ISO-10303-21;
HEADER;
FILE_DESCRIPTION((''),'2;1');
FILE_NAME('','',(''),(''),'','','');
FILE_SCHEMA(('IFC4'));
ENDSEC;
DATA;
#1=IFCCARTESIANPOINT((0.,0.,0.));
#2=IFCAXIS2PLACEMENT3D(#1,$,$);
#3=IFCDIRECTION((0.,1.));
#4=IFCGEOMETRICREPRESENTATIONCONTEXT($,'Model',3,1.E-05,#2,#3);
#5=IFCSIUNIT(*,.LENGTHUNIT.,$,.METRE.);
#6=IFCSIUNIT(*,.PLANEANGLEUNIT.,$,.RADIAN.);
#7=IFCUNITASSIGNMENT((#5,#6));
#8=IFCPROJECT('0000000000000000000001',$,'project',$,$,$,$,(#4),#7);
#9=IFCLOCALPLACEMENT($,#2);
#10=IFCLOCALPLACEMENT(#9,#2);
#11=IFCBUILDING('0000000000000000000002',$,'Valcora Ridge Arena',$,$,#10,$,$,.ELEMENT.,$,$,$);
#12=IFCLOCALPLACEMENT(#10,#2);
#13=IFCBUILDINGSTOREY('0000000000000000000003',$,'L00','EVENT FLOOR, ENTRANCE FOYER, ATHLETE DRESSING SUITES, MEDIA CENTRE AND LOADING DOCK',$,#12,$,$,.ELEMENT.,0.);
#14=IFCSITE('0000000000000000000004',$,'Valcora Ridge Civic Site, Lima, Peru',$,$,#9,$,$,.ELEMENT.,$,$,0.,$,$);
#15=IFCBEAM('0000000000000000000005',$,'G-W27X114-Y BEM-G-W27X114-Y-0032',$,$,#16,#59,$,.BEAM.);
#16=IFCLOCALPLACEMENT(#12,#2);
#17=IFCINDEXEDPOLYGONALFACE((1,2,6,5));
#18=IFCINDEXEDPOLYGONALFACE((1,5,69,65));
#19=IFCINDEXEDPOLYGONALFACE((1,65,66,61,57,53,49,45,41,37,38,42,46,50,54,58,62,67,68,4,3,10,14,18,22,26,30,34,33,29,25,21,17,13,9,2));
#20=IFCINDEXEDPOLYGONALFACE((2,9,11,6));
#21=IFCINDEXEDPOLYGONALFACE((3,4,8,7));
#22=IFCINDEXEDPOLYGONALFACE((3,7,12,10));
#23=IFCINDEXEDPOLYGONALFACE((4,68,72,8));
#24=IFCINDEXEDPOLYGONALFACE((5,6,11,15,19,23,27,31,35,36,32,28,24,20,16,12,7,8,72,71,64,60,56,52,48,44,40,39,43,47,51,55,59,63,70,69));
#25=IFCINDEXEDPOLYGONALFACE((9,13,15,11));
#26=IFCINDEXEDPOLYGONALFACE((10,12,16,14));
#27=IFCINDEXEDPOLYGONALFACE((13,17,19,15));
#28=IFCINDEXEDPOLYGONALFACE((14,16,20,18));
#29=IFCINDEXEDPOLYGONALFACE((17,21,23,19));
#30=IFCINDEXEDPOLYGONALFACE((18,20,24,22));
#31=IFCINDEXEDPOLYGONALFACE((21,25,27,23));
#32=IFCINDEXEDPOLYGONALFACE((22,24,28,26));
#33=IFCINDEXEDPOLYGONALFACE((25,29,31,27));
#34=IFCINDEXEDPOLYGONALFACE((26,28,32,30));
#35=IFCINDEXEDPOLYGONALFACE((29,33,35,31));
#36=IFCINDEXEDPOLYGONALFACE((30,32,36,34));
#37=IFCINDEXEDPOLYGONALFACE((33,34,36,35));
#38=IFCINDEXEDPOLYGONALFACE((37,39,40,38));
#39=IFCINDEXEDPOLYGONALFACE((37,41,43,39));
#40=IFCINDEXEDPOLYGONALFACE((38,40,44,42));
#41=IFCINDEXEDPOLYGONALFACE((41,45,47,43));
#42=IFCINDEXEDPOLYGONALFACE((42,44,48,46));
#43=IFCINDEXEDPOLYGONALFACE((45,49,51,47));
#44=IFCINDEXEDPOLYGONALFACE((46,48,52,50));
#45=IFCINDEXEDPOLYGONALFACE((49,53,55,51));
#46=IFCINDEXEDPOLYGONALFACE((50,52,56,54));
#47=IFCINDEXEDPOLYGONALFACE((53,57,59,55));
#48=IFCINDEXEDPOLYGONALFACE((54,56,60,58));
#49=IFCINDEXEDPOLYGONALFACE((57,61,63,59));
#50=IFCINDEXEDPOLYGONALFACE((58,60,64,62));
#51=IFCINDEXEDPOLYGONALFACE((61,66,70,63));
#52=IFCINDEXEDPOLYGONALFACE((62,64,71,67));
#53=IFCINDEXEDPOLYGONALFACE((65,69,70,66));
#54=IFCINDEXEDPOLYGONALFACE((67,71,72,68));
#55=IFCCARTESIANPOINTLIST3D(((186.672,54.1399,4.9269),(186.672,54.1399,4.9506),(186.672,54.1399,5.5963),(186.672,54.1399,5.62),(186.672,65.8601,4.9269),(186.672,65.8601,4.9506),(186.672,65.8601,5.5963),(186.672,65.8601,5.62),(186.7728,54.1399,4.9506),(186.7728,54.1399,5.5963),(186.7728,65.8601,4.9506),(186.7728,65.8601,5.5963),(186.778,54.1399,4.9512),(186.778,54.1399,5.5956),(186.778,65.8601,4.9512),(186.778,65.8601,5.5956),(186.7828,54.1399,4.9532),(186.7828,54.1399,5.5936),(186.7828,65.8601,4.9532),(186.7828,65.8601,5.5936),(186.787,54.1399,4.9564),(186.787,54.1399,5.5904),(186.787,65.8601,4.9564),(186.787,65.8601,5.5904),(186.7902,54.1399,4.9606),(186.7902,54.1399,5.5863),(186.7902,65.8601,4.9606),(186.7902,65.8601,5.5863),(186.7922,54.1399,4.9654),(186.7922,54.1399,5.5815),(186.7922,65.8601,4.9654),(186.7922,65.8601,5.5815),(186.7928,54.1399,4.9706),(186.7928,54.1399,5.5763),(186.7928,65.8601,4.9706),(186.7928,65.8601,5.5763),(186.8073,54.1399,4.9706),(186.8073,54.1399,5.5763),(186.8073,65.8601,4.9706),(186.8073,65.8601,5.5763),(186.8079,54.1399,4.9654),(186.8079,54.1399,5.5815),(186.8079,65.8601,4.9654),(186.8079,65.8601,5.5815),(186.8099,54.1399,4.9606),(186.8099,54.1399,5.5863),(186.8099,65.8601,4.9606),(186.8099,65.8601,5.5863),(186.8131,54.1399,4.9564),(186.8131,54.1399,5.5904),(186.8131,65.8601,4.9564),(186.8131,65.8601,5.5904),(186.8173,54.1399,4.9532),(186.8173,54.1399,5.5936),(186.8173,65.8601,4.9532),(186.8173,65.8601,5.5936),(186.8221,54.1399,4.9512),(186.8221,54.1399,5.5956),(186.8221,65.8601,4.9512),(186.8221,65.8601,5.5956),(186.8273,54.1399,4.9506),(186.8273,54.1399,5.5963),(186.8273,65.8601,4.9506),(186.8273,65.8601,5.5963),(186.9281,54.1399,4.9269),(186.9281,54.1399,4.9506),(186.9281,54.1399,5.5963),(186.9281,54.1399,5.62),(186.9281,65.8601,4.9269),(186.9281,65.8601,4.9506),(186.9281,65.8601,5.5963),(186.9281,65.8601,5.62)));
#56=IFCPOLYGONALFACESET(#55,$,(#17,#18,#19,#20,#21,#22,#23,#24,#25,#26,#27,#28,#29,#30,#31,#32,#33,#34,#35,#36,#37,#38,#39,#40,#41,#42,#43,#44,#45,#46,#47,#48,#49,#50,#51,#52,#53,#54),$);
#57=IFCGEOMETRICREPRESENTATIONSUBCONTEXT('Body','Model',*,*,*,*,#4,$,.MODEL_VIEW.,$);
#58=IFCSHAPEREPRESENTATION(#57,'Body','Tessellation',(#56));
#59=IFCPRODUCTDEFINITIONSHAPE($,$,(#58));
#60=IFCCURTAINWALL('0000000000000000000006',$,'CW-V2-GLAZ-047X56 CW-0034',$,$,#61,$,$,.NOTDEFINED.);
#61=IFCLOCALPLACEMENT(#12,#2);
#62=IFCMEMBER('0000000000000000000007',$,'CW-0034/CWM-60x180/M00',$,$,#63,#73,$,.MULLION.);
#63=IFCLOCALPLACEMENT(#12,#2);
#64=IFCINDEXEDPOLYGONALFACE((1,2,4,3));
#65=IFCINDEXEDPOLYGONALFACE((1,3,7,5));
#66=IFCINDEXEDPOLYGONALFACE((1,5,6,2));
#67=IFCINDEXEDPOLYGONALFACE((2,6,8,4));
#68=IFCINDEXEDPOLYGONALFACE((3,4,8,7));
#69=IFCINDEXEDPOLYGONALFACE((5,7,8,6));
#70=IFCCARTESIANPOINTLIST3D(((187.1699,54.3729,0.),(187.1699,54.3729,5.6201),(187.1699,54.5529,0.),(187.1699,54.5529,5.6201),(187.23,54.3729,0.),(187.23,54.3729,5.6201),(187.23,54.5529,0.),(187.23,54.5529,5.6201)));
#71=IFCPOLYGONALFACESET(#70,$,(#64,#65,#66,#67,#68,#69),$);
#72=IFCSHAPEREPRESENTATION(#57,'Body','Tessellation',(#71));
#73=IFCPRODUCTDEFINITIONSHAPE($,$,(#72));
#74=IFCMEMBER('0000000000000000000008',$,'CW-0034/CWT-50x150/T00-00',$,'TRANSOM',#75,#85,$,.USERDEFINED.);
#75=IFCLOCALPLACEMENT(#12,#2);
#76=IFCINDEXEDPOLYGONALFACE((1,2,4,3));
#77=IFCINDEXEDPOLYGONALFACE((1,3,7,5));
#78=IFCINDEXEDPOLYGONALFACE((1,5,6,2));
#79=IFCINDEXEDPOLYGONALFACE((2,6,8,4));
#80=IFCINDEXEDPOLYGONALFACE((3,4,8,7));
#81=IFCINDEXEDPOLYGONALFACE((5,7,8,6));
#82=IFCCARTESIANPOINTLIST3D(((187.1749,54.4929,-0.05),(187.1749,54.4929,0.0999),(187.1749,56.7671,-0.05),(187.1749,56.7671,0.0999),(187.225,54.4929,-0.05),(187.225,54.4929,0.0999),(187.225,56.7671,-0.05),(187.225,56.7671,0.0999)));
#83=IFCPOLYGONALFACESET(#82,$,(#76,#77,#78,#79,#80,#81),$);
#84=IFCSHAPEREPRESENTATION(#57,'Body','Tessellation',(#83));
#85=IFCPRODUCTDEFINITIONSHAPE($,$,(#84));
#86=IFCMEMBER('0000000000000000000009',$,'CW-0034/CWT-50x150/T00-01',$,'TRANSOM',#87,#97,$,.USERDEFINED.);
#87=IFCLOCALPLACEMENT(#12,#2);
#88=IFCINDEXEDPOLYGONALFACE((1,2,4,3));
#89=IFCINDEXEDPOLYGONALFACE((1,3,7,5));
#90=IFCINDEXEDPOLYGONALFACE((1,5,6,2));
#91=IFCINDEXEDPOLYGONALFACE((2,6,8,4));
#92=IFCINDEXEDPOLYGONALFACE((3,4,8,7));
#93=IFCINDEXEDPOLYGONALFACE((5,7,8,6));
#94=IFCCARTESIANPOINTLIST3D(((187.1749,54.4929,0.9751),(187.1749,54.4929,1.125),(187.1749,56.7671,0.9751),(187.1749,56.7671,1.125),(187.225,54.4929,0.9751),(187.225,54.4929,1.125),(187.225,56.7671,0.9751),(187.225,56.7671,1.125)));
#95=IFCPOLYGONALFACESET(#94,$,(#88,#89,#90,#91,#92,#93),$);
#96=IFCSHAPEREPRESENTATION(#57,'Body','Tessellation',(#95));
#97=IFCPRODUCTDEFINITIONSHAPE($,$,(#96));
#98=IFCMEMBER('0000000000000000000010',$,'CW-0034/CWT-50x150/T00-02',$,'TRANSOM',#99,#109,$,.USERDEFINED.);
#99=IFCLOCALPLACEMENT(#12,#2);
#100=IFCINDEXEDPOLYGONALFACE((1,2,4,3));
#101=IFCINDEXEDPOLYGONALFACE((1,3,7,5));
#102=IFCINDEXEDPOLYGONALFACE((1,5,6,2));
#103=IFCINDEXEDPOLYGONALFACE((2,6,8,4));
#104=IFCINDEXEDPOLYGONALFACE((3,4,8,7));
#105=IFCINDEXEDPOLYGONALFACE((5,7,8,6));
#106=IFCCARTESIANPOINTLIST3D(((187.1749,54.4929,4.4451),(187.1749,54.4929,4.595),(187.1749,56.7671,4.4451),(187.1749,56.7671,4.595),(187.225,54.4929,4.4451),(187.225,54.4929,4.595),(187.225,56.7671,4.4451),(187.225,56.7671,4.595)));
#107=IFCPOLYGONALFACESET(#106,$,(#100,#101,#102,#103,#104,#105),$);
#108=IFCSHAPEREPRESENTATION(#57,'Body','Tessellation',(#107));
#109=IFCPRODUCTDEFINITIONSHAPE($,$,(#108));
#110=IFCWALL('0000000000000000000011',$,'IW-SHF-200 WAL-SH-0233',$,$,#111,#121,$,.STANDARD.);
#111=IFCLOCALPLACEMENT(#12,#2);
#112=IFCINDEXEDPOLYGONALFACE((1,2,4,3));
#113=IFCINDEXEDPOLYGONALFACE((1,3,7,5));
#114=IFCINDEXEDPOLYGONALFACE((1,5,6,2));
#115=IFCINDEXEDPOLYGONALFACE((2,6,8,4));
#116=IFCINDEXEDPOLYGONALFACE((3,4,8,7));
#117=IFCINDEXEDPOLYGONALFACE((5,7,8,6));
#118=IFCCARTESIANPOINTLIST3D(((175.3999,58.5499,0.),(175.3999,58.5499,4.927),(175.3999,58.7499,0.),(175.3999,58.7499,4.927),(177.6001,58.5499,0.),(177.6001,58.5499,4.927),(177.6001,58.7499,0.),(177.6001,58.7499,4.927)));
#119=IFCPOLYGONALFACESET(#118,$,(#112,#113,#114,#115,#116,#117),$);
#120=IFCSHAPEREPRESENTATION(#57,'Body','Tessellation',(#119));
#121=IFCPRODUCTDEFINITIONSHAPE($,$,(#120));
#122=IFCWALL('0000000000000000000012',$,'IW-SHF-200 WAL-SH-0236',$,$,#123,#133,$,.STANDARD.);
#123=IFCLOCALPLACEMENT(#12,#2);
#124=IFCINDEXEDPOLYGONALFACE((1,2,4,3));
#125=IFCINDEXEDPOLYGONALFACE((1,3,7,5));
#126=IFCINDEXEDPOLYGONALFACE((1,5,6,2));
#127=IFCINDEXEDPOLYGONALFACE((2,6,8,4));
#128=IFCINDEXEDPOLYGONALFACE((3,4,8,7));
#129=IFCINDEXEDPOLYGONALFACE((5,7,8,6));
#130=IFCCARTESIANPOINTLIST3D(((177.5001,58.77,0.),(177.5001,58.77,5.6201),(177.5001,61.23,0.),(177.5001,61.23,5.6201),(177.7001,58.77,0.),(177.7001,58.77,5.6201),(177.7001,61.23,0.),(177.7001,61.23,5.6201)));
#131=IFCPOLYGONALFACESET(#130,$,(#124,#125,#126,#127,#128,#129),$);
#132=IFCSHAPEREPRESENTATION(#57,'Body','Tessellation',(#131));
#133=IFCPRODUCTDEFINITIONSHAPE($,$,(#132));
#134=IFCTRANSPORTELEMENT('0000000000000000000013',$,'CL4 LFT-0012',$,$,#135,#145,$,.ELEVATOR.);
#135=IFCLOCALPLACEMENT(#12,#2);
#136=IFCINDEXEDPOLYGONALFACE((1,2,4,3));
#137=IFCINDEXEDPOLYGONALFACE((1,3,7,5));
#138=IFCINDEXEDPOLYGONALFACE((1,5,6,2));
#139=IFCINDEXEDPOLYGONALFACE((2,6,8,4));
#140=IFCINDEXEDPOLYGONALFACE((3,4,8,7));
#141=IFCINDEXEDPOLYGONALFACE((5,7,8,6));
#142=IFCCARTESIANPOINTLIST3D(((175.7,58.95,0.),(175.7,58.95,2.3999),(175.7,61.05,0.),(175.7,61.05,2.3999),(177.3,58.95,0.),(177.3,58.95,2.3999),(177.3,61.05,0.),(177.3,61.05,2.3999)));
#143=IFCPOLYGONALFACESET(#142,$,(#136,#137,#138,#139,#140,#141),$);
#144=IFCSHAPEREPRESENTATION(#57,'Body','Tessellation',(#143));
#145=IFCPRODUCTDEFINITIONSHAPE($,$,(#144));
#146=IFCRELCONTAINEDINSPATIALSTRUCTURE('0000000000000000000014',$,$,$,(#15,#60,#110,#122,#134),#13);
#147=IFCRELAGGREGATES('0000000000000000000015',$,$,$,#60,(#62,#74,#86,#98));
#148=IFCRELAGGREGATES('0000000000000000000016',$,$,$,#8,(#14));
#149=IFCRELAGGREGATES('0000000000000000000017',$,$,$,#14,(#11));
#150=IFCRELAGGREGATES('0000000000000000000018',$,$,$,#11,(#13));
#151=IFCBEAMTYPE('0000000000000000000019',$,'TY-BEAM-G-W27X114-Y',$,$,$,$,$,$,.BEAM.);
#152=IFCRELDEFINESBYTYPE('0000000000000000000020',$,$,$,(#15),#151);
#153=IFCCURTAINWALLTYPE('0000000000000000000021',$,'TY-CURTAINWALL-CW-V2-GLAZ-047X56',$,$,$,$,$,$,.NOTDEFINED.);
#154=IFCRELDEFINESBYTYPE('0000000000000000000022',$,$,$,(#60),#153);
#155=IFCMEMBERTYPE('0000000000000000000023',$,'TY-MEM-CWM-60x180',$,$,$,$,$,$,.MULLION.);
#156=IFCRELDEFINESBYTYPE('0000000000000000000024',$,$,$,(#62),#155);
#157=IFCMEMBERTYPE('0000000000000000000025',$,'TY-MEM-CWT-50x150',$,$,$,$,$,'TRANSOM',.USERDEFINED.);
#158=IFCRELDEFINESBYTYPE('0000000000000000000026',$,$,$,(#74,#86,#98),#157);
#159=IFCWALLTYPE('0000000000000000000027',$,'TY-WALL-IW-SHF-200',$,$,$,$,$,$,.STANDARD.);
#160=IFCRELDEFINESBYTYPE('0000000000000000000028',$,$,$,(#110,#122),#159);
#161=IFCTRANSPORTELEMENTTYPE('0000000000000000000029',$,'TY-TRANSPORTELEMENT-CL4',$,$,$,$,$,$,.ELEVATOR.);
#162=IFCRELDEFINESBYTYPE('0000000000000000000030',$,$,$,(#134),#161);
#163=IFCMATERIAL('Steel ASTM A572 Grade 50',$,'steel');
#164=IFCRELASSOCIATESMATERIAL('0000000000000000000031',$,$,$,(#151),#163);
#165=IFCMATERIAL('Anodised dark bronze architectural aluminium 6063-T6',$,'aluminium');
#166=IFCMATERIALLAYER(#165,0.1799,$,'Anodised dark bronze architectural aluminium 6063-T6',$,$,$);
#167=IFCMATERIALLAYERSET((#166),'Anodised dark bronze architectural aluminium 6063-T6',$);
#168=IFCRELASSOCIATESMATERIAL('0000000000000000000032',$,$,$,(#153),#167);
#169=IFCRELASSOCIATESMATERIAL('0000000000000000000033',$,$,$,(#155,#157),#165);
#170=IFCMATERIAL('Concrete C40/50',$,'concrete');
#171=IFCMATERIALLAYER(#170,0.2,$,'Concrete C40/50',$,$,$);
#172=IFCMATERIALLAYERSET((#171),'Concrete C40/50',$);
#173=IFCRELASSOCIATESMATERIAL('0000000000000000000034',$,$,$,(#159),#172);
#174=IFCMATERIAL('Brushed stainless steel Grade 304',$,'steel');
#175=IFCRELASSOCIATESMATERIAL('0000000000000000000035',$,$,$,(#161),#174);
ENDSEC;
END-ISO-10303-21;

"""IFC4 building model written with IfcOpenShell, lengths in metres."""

from ifc_helpers import new_model, si_unit, direction, frame, frame_2d, origin, origin_2d, place, context, subcontext, project, spatial, rectangle, i_section, extrude, material, layer, layer_set, material_profile, profile_set, type_object, element, aggregate, save


model = new_model("IFC4")

# Units and contexts
model_context = context("Model", 3, precision=1e-05, world=origin(), true_north=direction((0.0, 1.0)))
body_context = subcontext(model_context, "Body", "Model", "MODEL_VIEW")
ifc_project = project(units=[si_unit("LENGTHUNIT", "METRE"), si_unit("PLANEANGLEUNIT", "RADIAN")], contexts=[model_context])

# Site, building, storey
site_placement = place(None, origin())
site = spatial("IfcSite", under=ifc_project, at=site_placement, Name="Valcora Ridge Civic Site, Lima, Peru", CompositionType="ELEMENT", RefElevation=0.0)
building_placement = place(site_placement, origin())
building = spatial("IfcBuilding", under=site, at=building_placement, Name="Valcora Ridge Arena", CompositionType="ELEMENT")
storey_placement = place(building_placement, origin())
storey = spatial("IfcBuildingStorey", under=building, at=storey_placement, Name="L00", Description="EVENT FLOOR, ENTRANCE FOYER, ATHLETE DRESSING SUITES, MEDIA CENTRE AND LOADING DOCK", CompositionType="ELEMENT", Elevation=0.0)

# Shared definitions
ifc_material_1 = material(Name="Concrete C40/50", Category="concrete")

# Shared definitions
ifc_material_2 = material(Name="Steel ASTM A572 Grade 50", Category="steel")

# Beam
ifc_material_profile_1 = material_profile(ifc_material_2, i_section(OverallWidth=0.2561, OverallDepth=0.6931, WebThickness=0.0144, FlangeThickness=0.0237, FilletRadius=0.02, at=origin_2d()), Name="W27X114")
ifc_profile_set_1 = profile_set([ifc_material_profile_1], Name="Steel ASTM A572 Grade 50")
beam_type_1 = type_object("IfcBeamType", Name="TY-BEAM-G-W27X114-Y", PredefinedType="BEAM", material=ifc_profile_set_1)
for number, where, z_axis, x_axis, name in (
    (1, (186.8, 54.1399, 5.2734), (0.0, 1.0, 0.0), (-1.0, 0.0, 0.0), "G-W27X114-Y BEM-G-W27X114-Y-0032"),
):
    element("IfcBeam", number, at=place(storey_placement, frame(where, z_axis=z_axis, x_axis=x_axis)), inside=storey, type_object=beam_type_1, Name=name, PredefinedType="BEAM", context=body_context, shape_type="SweptSolid", body=[
        extrude(i_section(OverallWidth=0.2561, OverallDepth=0.6931, WebThickness=0.0144, FlangeThickness=0.0237, FilletRadius=0.02, at=origin_2d()), origin(), (0.0, 0.0, 1.0), 11.7202),
    ])

# Curtain wall, members
ifc_material_3 = material(Name="Anodised dark bronze architectural aluminium 6063-T6", Category="aluminium")
ifc_layer_1 = layer(ifc_material_3, 0.1799, Name="Anodised dark bronze architectural aluminium 6063-T6")
ifc_layer_set_1 = layer_set([ifc_layer_1], Name="Anodised dark bronze architectural aluminium 6063-T6")
curtain_wall_type = type_object("IfcCurtainWallType", Name="TY-CURTAINWALL-CW-V2-GLAZ-047X56", PredefinedType="NOTDEFINED", material=ifc_layer_set_1)
curtain_wall_placement = place(storey_placement, origin())
curtain_wall = element("IfcCurtainWall", 2, at=curtain_wall_placement, inside=storey, type_object=curtain_wall_type, Name="CW-V2-GLAZ-047X56 CW-0034", PredefinedType="NOTDEFINED")
ifc_material_profile_2 = material_profile(ifc_material_3, rectangle(XDim=0.0601, YDim=0.1799, at=origin_2d()), Name="ALU MULLION 60x180")
ifc_profile_set_2 = profile_set([ifc_material_profile_2], Name="Anodised dark bronze architectural aluminium 6063-T6")
member_type_1 = type_object("IfcMemberType", Name="TY-MEM-CWM-60x180", PredefinedType="MULLION", material=ifc_profile_set_2)
member_1_placement = place(storey_placement, frame((187.2, 54.4629, 0.0), z_axis=(0.0, 0.0, 1.0), x_axis=(-1.0, 0.0, 0.0)))
member_1 = element("IfcMember", 3, at=member_1_placement, type_object=member_type_1, Name="CW-0034/CWM-60x180/M00", PredefinedType="MULLION", context=body_context, shape_type="SweptSolid", body=[
    extrude(rectangle(XDim=0.0601, YDim=0.1799, at=origin_2d()), origin(), (0.0, 0.0, 1.0), 5.6201),
])
ifc_material_profile_3 = material_profile(ifc_material_3, rectangle(XDim=0.05, YDim=0.1499, at=origin_2d()), Name="ALU TRANSOM 50x150")
ifc_profile_set_3 = profile_set([ifc_material_profile_3], Name="Anodised dark bronze architectural aluminium 6063-T6")
member_type_2 = type_object("IfcMemberType", Name="TY-MEM-CWT-50x150", ElementType="TRANSOM", PredefinedType="USERDEFINED", material=ifc_profile_set_3)
member_2_placement = place(storey_placement, frame((187.2, 54.4929, 0.0249), z_axis=(0.0, 1.0, 0.0), x_axis=(-1.0, 0.0, 0.0)))
member_2 = element("IfcMember", 4, at=member_2_placement, type_object=member_type_2, Name="CW-0034/CWT-50x150/T00-00", ObjectType="TRANSOM", PredefinedType="USERDEFINED", context=body_context, shape_type="SweptSolid", body=[
    extrude(rectangle(XDim=0.05, YDim=0.1499, at=origin_2d()), origin(), (0.0, 0.0, 1.0), 2.2742),
])
member_3_placement = place(storey_placement, frame((187.2, 54.4929, 1.05), z_axis=(0.0, 1.0, 0.0), x_axis=(-1.0, 0.0, 0.0)))
member_3 = element("IfcMember", 5, at=member_3_placement, type_object=member_type_2, Name="CW-0034/CWT-50x150/T00-01", ObjectType="TRANSOM", PredefinedType="USERDEFINED", context=body_context, shape_type="SweptSolid", body=[
    extrude(rectangle(XDim=0.05, YDim=0.1499, at=origin_2d()), origin(), (0.0, 0.0, 1.0), 2.2742),
])
member_4_placement = place(storey_placement, frame((187.2, 54.4929, 4.52), z_axis=(0.0, 1.0, 0.0), x_axis=(-1.0, 0.0, 0.0)))
member_4 = element("IfcMember", 6, at=member_4_placement, type_object=member_type_2, Name="CW-0034/CWT-50x150/T00-02", ObjectType="TRANSOM", PredefinedType="USERDEFINED", context=body_context, shape_type="SweptSolid", body=[
    extrude(rectangle(XDim=0.05, YDim=0.1499, at=origin_2d()), origin(), (0.0, 0.0, 1.0), 2.2742),
])
aggregate(curtain_wall, [member_1, member_2, member_3, member_4])

# Wall
ifc_layer_2 = layer(ifc_material_1, 0.2, Name="Concrete C40/50")
ifc_layer_set_2 = layer_set([ifc_layer_2], Name="Concrete C40/50")
wall_type = type_object("IfcWallType", Name="TY-WALL-IW-SHF-200", PredefinedType="STANDARD", material=ifc_layer_set_2)
wall_1_placement = place(storey_placement, frame((175.3999, 58.6499, 0.0), z_axis=(0.0, 0.0, 1.0), x_axis=(1.0, 0.0, 0.0)))
element("IfcWall", 7, at=wall_1_placement, inside=storey, type_object=wall_type, Name="IW-SHF-200 WAL-SH-0233", PredefinedType="STANDARD", context=body_context, shape_type="SweptSolid", body=[
    extrude(rectangle(XDim=2.2002, YDim=0.2, at=frame_2d((1.1001, 0.0))), origin(), (0.0, 0.0, 1.0), 4.927),
])

# Wall
wall_2_placement = place(storey_placement, frame((177.6001, 58.77, 0.0), z_axis=(0.0, 0.0, 1.0), x_axis=(0.0, 1.0, 0.0)))
element("IfcWall", 8, at=wall_2_placement, inside=storey, type_object=wall_type, Name="IW-SHF-200 WAL-SH-0236", PredefinedType="STANDARD", context=body_context, shape_type="SweptSolid", body=[
    extrude(rectangle(XDim=2.46, YDim=0.2, at=frame_2d((1.23, 0.0))), origin(), (0.0, 0.0, 1.0), 5.6201),
])

# Transport element
ifc_material_4 = material(Name="Brushed stainless steel Grade 304", Category="steel")
transport_element_type = type_object("IfcTransportElementType", Name="TY-TRANSPORTELEMENT-CL4", PredefinedType="ELEVATOR", material=ifc_material_4)
transport_element_placement = place(storey_placement, frame((176.5, 60.0, 0.0), z_axis=(0.0, 0.0, 1.0), x_axis=(1.0, 0.0, 0.0)))
element("IfcTransportElement", 9, at=transport_element_placement, inside=storey, type_object=transport_element_type, Name="CL4 LFT-0012", PredefinedType="ELEVATOR", context=body_context, shape_type="SweptSolid", body=[
    extrude(rectangle(XDim=1.6001, YDim=2.1001, at=origin_2d()), origin(), (0.0, 0.0, 1.0), 2.3999),
])

save(model, "model.ifc")
